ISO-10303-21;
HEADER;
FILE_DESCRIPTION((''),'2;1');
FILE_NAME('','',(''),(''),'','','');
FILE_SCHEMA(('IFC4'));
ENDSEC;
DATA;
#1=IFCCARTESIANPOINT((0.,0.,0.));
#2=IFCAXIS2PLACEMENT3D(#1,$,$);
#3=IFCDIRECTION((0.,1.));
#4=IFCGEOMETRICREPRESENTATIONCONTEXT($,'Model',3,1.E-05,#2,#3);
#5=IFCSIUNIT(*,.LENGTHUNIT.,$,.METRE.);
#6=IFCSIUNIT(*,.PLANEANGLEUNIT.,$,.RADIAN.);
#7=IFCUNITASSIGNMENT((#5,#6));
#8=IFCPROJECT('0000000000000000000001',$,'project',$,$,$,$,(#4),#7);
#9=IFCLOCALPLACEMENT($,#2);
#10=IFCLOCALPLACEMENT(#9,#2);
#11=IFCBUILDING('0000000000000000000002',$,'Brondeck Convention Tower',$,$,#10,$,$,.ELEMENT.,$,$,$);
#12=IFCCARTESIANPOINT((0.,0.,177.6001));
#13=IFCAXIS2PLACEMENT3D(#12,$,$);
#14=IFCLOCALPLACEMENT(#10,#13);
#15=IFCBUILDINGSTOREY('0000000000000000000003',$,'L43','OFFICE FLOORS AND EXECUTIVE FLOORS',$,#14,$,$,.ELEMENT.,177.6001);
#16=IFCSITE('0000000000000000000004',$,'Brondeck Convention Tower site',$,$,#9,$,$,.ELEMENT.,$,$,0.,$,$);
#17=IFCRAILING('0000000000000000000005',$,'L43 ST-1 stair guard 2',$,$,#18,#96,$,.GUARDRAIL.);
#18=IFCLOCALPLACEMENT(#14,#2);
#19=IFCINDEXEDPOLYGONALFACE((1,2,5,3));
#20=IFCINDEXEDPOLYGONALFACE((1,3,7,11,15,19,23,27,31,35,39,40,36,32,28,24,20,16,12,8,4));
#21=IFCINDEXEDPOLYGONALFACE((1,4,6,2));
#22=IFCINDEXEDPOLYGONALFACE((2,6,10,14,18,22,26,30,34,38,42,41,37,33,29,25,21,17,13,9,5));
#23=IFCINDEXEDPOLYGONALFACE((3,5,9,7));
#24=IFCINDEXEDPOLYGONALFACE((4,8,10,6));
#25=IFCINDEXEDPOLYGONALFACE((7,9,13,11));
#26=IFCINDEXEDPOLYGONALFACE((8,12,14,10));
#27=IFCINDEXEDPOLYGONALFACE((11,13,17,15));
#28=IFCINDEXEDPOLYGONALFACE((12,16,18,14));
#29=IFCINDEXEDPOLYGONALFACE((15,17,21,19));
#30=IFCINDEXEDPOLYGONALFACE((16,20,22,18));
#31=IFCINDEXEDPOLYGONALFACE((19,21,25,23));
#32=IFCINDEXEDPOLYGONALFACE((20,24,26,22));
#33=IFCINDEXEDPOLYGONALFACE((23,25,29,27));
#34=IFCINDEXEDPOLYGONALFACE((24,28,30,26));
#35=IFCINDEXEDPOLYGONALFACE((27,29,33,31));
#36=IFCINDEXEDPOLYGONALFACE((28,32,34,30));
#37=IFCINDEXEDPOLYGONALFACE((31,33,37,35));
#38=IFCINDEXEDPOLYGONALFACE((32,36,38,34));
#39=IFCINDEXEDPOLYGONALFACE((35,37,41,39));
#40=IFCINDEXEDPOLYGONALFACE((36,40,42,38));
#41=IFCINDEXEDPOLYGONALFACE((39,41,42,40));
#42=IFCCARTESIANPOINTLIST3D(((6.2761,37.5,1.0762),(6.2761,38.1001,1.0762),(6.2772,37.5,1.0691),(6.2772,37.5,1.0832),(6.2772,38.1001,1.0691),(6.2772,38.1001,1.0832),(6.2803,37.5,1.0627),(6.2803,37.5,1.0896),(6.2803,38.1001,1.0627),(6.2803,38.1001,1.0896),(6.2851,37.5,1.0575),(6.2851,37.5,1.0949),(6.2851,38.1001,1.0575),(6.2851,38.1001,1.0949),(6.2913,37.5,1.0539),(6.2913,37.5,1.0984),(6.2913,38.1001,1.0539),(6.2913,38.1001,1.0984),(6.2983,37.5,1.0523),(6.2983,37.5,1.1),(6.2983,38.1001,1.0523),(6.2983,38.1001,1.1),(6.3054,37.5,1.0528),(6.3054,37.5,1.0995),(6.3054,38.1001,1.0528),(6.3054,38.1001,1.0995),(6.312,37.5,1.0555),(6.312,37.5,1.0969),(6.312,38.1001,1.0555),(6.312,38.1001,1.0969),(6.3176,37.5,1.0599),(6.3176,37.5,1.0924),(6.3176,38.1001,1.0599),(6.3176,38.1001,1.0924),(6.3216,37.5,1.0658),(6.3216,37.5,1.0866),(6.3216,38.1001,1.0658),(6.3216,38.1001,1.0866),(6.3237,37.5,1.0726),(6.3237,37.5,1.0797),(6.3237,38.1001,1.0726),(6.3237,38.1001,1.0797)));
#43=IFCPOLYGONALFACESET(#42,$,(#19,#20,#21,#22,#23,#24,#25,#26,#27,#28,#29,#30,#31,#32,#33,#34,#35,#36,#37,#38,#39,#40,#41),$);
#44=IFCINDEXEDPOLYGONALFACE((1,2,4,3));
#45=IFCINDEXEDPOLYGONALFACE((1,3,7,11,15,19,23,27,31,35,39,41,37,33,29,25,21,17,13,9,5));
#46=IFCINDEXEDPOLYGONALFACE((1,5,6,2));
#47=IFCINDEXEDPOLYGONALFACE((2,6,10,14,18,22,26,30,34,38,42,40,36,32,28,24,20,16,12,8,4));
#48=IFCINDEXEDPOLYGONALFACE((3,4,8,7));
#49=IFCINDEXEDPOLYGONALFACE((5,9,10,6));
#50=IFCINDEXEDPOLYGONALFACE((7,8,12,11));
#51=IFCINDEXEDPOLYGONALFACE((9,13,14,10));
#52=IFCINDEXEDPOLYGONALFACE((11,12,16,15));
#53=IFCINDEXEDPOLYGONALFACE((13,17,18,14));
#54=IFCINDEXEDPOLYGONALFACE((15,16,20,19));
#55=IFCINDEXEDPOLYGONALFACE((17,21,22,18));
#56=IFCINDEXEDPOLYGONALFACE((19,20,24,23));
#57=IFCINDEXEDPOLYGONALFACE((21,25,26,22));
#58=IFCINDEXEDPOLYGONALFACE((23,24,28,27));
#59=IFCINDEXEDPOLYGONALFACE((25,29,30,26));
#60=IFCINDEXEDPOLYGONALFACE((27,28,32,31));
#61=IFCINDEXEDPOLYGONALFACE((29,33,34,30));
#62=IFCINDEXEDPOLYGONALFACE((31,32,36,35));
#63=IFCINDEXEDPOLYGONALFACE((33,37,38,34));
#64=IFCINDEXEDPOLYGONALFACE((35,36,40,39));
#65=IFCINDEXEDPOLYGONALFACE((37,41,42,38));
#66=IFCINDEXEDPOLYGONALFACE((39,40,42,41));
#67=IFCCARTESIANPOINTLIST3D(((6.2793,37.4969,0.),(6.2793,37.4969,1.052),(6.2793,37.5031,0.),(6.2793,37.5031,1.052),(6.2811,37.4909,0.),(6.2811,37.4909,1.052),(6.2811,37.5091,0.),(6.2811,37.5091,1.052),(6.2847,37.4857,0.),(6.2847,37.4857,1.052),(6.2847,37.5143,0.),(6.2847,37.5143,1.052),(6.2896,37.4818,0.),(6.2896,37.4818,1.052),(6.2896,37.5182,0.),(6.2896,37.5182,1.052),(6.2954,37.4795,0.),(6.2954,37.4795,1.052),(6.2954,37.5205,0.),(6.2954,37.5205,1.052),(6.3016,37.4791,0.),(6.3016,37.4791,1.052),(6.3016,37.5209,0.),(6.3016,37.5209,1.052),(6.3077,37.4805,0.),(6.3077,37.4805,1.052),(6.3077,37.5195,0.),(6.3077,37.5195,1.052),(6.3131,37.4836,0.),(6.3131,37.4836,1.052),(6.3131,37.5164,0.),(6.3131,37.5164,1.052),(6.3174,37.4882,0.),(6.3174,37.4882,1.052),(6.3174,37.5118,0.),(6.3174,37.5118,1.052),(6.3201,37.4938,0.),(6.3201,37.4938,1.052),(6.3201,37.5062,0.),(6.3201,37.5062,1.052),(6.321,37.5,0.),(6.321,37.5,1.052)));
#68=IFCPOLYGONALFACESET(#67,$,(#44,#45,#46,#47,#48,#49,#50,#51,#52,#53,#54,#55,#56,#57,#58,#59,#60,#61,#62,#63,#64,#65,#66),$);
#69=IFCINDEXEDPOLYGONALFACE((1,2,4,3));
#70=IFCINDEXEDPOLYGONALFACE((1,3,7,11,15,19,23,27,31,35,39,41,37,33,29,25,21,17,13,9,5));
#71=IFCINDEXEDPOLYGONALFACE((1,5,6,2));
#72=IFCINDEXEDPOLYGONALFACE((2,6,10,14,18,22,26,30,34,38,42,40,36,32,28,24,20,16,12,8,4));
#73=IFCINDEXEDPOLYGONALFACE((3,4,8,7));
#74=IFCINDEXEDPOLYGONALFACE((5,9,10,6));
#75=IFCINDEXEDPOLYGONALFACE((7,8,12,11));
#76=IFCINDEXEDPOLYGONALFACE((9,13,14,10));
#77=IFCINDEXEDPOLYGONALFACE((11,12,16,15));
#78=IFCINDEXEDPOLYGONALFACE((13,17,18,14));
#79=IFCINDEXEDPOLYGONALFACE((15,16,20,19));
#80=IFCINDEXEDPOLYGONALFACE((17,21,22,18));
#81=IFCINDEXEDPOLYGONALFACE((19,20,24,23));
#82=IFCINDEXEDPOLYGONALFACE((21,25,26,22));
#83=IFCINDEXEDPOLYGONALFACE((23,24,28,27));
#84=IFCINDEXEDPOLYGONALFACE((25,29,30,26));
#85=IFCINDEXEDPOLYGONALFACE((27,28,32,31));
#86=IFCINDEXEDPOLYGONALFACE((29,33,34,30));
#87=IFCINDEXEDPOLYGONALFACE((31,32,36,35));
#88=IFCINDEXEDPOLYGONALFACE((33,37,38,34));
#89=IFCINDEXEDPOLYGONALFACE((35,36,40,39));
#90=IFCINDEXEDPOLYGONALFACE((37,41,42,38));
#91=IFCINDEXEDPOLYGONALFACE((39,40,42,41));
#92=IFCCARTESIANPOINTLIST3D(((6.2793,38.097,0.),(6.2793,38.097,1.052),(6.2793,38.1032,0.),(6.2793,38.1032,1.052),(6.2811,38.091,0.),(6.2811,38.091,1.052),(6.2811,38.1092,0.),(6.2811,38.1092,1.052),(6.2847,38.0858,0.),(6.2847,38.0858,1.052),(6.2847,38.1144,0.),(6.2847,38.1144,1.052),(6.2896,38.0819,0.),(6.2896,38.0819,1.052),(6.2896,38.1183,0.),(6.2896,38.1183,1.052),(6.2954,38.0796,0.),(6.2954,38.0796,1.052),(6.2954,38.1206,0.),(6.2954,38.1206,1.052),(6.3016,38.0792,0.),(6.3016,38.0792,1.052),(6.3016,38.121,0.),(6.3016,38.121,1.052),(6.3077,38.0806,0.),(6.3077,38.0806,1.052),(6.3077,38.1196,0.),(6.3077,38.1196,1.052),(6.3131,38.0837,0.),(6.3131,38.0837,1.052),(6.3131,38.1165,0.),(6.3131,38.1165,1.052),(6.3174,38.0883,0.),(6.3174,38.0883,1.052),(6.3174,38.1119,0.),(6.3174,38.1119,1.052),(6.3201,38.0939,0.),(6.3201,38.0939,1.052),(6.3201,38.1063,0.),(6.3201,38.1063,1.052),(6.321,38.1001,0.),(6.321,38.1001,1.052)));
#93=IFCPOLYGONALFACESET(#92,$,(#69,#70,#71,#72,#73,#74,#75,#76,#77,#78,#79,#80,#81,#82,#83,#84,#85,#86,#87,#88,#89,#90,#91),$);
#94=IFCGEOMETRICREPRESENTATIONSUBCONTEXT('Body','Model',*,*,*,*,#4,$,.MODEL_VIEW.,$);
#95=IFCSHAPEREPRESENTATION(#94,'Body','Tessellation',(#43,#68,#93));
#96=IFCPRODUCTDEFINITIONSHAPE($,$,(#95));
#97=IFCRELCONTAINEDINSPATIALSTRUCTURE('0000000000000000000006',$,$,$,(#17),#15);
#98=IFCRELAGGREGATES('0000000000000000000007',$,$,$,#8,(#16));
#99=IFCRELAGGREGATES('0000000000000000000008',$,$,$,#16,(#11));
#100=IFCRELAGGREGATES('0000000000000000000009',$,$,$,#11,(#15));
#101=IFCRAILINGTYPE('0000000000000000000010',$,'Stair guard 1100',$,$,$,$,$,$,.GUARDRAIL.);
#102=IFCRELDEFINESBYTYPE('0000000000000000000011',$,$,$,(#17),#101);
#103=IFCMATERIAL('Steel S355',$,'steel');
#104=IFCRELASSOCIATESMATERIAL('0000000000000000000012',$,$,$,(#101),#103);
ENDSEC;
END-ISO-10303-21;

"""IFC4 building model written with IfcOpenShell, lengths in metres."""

from ifc_helpers import new_model, si_unit, direction, frame, origin, origin_2d, place, context, subcontext, project, spatial, circle, extrude, material, type_object, element, save


model = new_model("IFC4")

# Units and contexts
model_context = context("Model", 3, precision=1e-05, world=origin(), true_north=direction((0.0, 1.0)))
body_context = subcontext(model_context, "Body", "Model", "MODEL_VIEW")
ifc_project = project(units=[si_unit("LENGTHUNIT", "METRE"), si_unit("PLANEANGLEUNIT", "RADIAN")], contexts=[model_context])

# Site, building, storey
site_placement = place(None, origin())
site = spatial("IfcSite", under=ifc_project, at=site_placement, Name="Brondeck Convention Tower site", CompositionType="ELEMENT", RefElevation=0.0)
building_placement = place(site_placement, origin())
building = spatial("IfcBuilding", under=site, at=building_placement, Name="Brondeck Convention Tower", CompositionType="ELEMENT")
storey_placement = place(building_placement, frame((0.0, 0.0, 177.6001)))
storey = spatial("IfcBuildingStorey", under=building, at=storey_placement, Name="L43", Description="OFFICE FLOORS AND EXECUTIVE FLOORS", CompositionType="ELEMENT", Elevation=177.6001)

# Shared definitions
ifc_material_1 = material(Name="Steel S355", Category="steel")

# Railing
railing_type_1 = type_object("IfcRailingType", Name="Stair guard 1100", PredefinedType="GUARDRAIL", material=ifc_material_1)
railing_1_placement = place(storey_placement, frame((6.3, 37.5, 0.0)))
element("IfcRailing", 1, at=railing_1_placement, inside=storey, type_object=railing_type_1, Name="L43 ST-1 stair guard 2", PredefinedType="GUARDRAIL", context=body_context, shape_type="SweptSolid", body=[
    extrude(circle(Radius=0.0239, at=origin_2d()), frame((0.0, 0.0, 1.0762), z_axis=(0.0, 1.0, 0.0), x_axis=(-1.0, 0.0, 0.0)), (0.0, 0.0, 1.0), 0.6001),
    extrude(circle(Radius=0.021, at=origin_2d()), origin(), (0.0, 0.0, 1.0), 1.052),
    extrude(circle(Radius=0.021, at=origin_2d()), frame((0.0, 0.6001, 0.0)), (0.0, 0.0, 1.0), 1.052),
])

save(model, "model.ifc")
